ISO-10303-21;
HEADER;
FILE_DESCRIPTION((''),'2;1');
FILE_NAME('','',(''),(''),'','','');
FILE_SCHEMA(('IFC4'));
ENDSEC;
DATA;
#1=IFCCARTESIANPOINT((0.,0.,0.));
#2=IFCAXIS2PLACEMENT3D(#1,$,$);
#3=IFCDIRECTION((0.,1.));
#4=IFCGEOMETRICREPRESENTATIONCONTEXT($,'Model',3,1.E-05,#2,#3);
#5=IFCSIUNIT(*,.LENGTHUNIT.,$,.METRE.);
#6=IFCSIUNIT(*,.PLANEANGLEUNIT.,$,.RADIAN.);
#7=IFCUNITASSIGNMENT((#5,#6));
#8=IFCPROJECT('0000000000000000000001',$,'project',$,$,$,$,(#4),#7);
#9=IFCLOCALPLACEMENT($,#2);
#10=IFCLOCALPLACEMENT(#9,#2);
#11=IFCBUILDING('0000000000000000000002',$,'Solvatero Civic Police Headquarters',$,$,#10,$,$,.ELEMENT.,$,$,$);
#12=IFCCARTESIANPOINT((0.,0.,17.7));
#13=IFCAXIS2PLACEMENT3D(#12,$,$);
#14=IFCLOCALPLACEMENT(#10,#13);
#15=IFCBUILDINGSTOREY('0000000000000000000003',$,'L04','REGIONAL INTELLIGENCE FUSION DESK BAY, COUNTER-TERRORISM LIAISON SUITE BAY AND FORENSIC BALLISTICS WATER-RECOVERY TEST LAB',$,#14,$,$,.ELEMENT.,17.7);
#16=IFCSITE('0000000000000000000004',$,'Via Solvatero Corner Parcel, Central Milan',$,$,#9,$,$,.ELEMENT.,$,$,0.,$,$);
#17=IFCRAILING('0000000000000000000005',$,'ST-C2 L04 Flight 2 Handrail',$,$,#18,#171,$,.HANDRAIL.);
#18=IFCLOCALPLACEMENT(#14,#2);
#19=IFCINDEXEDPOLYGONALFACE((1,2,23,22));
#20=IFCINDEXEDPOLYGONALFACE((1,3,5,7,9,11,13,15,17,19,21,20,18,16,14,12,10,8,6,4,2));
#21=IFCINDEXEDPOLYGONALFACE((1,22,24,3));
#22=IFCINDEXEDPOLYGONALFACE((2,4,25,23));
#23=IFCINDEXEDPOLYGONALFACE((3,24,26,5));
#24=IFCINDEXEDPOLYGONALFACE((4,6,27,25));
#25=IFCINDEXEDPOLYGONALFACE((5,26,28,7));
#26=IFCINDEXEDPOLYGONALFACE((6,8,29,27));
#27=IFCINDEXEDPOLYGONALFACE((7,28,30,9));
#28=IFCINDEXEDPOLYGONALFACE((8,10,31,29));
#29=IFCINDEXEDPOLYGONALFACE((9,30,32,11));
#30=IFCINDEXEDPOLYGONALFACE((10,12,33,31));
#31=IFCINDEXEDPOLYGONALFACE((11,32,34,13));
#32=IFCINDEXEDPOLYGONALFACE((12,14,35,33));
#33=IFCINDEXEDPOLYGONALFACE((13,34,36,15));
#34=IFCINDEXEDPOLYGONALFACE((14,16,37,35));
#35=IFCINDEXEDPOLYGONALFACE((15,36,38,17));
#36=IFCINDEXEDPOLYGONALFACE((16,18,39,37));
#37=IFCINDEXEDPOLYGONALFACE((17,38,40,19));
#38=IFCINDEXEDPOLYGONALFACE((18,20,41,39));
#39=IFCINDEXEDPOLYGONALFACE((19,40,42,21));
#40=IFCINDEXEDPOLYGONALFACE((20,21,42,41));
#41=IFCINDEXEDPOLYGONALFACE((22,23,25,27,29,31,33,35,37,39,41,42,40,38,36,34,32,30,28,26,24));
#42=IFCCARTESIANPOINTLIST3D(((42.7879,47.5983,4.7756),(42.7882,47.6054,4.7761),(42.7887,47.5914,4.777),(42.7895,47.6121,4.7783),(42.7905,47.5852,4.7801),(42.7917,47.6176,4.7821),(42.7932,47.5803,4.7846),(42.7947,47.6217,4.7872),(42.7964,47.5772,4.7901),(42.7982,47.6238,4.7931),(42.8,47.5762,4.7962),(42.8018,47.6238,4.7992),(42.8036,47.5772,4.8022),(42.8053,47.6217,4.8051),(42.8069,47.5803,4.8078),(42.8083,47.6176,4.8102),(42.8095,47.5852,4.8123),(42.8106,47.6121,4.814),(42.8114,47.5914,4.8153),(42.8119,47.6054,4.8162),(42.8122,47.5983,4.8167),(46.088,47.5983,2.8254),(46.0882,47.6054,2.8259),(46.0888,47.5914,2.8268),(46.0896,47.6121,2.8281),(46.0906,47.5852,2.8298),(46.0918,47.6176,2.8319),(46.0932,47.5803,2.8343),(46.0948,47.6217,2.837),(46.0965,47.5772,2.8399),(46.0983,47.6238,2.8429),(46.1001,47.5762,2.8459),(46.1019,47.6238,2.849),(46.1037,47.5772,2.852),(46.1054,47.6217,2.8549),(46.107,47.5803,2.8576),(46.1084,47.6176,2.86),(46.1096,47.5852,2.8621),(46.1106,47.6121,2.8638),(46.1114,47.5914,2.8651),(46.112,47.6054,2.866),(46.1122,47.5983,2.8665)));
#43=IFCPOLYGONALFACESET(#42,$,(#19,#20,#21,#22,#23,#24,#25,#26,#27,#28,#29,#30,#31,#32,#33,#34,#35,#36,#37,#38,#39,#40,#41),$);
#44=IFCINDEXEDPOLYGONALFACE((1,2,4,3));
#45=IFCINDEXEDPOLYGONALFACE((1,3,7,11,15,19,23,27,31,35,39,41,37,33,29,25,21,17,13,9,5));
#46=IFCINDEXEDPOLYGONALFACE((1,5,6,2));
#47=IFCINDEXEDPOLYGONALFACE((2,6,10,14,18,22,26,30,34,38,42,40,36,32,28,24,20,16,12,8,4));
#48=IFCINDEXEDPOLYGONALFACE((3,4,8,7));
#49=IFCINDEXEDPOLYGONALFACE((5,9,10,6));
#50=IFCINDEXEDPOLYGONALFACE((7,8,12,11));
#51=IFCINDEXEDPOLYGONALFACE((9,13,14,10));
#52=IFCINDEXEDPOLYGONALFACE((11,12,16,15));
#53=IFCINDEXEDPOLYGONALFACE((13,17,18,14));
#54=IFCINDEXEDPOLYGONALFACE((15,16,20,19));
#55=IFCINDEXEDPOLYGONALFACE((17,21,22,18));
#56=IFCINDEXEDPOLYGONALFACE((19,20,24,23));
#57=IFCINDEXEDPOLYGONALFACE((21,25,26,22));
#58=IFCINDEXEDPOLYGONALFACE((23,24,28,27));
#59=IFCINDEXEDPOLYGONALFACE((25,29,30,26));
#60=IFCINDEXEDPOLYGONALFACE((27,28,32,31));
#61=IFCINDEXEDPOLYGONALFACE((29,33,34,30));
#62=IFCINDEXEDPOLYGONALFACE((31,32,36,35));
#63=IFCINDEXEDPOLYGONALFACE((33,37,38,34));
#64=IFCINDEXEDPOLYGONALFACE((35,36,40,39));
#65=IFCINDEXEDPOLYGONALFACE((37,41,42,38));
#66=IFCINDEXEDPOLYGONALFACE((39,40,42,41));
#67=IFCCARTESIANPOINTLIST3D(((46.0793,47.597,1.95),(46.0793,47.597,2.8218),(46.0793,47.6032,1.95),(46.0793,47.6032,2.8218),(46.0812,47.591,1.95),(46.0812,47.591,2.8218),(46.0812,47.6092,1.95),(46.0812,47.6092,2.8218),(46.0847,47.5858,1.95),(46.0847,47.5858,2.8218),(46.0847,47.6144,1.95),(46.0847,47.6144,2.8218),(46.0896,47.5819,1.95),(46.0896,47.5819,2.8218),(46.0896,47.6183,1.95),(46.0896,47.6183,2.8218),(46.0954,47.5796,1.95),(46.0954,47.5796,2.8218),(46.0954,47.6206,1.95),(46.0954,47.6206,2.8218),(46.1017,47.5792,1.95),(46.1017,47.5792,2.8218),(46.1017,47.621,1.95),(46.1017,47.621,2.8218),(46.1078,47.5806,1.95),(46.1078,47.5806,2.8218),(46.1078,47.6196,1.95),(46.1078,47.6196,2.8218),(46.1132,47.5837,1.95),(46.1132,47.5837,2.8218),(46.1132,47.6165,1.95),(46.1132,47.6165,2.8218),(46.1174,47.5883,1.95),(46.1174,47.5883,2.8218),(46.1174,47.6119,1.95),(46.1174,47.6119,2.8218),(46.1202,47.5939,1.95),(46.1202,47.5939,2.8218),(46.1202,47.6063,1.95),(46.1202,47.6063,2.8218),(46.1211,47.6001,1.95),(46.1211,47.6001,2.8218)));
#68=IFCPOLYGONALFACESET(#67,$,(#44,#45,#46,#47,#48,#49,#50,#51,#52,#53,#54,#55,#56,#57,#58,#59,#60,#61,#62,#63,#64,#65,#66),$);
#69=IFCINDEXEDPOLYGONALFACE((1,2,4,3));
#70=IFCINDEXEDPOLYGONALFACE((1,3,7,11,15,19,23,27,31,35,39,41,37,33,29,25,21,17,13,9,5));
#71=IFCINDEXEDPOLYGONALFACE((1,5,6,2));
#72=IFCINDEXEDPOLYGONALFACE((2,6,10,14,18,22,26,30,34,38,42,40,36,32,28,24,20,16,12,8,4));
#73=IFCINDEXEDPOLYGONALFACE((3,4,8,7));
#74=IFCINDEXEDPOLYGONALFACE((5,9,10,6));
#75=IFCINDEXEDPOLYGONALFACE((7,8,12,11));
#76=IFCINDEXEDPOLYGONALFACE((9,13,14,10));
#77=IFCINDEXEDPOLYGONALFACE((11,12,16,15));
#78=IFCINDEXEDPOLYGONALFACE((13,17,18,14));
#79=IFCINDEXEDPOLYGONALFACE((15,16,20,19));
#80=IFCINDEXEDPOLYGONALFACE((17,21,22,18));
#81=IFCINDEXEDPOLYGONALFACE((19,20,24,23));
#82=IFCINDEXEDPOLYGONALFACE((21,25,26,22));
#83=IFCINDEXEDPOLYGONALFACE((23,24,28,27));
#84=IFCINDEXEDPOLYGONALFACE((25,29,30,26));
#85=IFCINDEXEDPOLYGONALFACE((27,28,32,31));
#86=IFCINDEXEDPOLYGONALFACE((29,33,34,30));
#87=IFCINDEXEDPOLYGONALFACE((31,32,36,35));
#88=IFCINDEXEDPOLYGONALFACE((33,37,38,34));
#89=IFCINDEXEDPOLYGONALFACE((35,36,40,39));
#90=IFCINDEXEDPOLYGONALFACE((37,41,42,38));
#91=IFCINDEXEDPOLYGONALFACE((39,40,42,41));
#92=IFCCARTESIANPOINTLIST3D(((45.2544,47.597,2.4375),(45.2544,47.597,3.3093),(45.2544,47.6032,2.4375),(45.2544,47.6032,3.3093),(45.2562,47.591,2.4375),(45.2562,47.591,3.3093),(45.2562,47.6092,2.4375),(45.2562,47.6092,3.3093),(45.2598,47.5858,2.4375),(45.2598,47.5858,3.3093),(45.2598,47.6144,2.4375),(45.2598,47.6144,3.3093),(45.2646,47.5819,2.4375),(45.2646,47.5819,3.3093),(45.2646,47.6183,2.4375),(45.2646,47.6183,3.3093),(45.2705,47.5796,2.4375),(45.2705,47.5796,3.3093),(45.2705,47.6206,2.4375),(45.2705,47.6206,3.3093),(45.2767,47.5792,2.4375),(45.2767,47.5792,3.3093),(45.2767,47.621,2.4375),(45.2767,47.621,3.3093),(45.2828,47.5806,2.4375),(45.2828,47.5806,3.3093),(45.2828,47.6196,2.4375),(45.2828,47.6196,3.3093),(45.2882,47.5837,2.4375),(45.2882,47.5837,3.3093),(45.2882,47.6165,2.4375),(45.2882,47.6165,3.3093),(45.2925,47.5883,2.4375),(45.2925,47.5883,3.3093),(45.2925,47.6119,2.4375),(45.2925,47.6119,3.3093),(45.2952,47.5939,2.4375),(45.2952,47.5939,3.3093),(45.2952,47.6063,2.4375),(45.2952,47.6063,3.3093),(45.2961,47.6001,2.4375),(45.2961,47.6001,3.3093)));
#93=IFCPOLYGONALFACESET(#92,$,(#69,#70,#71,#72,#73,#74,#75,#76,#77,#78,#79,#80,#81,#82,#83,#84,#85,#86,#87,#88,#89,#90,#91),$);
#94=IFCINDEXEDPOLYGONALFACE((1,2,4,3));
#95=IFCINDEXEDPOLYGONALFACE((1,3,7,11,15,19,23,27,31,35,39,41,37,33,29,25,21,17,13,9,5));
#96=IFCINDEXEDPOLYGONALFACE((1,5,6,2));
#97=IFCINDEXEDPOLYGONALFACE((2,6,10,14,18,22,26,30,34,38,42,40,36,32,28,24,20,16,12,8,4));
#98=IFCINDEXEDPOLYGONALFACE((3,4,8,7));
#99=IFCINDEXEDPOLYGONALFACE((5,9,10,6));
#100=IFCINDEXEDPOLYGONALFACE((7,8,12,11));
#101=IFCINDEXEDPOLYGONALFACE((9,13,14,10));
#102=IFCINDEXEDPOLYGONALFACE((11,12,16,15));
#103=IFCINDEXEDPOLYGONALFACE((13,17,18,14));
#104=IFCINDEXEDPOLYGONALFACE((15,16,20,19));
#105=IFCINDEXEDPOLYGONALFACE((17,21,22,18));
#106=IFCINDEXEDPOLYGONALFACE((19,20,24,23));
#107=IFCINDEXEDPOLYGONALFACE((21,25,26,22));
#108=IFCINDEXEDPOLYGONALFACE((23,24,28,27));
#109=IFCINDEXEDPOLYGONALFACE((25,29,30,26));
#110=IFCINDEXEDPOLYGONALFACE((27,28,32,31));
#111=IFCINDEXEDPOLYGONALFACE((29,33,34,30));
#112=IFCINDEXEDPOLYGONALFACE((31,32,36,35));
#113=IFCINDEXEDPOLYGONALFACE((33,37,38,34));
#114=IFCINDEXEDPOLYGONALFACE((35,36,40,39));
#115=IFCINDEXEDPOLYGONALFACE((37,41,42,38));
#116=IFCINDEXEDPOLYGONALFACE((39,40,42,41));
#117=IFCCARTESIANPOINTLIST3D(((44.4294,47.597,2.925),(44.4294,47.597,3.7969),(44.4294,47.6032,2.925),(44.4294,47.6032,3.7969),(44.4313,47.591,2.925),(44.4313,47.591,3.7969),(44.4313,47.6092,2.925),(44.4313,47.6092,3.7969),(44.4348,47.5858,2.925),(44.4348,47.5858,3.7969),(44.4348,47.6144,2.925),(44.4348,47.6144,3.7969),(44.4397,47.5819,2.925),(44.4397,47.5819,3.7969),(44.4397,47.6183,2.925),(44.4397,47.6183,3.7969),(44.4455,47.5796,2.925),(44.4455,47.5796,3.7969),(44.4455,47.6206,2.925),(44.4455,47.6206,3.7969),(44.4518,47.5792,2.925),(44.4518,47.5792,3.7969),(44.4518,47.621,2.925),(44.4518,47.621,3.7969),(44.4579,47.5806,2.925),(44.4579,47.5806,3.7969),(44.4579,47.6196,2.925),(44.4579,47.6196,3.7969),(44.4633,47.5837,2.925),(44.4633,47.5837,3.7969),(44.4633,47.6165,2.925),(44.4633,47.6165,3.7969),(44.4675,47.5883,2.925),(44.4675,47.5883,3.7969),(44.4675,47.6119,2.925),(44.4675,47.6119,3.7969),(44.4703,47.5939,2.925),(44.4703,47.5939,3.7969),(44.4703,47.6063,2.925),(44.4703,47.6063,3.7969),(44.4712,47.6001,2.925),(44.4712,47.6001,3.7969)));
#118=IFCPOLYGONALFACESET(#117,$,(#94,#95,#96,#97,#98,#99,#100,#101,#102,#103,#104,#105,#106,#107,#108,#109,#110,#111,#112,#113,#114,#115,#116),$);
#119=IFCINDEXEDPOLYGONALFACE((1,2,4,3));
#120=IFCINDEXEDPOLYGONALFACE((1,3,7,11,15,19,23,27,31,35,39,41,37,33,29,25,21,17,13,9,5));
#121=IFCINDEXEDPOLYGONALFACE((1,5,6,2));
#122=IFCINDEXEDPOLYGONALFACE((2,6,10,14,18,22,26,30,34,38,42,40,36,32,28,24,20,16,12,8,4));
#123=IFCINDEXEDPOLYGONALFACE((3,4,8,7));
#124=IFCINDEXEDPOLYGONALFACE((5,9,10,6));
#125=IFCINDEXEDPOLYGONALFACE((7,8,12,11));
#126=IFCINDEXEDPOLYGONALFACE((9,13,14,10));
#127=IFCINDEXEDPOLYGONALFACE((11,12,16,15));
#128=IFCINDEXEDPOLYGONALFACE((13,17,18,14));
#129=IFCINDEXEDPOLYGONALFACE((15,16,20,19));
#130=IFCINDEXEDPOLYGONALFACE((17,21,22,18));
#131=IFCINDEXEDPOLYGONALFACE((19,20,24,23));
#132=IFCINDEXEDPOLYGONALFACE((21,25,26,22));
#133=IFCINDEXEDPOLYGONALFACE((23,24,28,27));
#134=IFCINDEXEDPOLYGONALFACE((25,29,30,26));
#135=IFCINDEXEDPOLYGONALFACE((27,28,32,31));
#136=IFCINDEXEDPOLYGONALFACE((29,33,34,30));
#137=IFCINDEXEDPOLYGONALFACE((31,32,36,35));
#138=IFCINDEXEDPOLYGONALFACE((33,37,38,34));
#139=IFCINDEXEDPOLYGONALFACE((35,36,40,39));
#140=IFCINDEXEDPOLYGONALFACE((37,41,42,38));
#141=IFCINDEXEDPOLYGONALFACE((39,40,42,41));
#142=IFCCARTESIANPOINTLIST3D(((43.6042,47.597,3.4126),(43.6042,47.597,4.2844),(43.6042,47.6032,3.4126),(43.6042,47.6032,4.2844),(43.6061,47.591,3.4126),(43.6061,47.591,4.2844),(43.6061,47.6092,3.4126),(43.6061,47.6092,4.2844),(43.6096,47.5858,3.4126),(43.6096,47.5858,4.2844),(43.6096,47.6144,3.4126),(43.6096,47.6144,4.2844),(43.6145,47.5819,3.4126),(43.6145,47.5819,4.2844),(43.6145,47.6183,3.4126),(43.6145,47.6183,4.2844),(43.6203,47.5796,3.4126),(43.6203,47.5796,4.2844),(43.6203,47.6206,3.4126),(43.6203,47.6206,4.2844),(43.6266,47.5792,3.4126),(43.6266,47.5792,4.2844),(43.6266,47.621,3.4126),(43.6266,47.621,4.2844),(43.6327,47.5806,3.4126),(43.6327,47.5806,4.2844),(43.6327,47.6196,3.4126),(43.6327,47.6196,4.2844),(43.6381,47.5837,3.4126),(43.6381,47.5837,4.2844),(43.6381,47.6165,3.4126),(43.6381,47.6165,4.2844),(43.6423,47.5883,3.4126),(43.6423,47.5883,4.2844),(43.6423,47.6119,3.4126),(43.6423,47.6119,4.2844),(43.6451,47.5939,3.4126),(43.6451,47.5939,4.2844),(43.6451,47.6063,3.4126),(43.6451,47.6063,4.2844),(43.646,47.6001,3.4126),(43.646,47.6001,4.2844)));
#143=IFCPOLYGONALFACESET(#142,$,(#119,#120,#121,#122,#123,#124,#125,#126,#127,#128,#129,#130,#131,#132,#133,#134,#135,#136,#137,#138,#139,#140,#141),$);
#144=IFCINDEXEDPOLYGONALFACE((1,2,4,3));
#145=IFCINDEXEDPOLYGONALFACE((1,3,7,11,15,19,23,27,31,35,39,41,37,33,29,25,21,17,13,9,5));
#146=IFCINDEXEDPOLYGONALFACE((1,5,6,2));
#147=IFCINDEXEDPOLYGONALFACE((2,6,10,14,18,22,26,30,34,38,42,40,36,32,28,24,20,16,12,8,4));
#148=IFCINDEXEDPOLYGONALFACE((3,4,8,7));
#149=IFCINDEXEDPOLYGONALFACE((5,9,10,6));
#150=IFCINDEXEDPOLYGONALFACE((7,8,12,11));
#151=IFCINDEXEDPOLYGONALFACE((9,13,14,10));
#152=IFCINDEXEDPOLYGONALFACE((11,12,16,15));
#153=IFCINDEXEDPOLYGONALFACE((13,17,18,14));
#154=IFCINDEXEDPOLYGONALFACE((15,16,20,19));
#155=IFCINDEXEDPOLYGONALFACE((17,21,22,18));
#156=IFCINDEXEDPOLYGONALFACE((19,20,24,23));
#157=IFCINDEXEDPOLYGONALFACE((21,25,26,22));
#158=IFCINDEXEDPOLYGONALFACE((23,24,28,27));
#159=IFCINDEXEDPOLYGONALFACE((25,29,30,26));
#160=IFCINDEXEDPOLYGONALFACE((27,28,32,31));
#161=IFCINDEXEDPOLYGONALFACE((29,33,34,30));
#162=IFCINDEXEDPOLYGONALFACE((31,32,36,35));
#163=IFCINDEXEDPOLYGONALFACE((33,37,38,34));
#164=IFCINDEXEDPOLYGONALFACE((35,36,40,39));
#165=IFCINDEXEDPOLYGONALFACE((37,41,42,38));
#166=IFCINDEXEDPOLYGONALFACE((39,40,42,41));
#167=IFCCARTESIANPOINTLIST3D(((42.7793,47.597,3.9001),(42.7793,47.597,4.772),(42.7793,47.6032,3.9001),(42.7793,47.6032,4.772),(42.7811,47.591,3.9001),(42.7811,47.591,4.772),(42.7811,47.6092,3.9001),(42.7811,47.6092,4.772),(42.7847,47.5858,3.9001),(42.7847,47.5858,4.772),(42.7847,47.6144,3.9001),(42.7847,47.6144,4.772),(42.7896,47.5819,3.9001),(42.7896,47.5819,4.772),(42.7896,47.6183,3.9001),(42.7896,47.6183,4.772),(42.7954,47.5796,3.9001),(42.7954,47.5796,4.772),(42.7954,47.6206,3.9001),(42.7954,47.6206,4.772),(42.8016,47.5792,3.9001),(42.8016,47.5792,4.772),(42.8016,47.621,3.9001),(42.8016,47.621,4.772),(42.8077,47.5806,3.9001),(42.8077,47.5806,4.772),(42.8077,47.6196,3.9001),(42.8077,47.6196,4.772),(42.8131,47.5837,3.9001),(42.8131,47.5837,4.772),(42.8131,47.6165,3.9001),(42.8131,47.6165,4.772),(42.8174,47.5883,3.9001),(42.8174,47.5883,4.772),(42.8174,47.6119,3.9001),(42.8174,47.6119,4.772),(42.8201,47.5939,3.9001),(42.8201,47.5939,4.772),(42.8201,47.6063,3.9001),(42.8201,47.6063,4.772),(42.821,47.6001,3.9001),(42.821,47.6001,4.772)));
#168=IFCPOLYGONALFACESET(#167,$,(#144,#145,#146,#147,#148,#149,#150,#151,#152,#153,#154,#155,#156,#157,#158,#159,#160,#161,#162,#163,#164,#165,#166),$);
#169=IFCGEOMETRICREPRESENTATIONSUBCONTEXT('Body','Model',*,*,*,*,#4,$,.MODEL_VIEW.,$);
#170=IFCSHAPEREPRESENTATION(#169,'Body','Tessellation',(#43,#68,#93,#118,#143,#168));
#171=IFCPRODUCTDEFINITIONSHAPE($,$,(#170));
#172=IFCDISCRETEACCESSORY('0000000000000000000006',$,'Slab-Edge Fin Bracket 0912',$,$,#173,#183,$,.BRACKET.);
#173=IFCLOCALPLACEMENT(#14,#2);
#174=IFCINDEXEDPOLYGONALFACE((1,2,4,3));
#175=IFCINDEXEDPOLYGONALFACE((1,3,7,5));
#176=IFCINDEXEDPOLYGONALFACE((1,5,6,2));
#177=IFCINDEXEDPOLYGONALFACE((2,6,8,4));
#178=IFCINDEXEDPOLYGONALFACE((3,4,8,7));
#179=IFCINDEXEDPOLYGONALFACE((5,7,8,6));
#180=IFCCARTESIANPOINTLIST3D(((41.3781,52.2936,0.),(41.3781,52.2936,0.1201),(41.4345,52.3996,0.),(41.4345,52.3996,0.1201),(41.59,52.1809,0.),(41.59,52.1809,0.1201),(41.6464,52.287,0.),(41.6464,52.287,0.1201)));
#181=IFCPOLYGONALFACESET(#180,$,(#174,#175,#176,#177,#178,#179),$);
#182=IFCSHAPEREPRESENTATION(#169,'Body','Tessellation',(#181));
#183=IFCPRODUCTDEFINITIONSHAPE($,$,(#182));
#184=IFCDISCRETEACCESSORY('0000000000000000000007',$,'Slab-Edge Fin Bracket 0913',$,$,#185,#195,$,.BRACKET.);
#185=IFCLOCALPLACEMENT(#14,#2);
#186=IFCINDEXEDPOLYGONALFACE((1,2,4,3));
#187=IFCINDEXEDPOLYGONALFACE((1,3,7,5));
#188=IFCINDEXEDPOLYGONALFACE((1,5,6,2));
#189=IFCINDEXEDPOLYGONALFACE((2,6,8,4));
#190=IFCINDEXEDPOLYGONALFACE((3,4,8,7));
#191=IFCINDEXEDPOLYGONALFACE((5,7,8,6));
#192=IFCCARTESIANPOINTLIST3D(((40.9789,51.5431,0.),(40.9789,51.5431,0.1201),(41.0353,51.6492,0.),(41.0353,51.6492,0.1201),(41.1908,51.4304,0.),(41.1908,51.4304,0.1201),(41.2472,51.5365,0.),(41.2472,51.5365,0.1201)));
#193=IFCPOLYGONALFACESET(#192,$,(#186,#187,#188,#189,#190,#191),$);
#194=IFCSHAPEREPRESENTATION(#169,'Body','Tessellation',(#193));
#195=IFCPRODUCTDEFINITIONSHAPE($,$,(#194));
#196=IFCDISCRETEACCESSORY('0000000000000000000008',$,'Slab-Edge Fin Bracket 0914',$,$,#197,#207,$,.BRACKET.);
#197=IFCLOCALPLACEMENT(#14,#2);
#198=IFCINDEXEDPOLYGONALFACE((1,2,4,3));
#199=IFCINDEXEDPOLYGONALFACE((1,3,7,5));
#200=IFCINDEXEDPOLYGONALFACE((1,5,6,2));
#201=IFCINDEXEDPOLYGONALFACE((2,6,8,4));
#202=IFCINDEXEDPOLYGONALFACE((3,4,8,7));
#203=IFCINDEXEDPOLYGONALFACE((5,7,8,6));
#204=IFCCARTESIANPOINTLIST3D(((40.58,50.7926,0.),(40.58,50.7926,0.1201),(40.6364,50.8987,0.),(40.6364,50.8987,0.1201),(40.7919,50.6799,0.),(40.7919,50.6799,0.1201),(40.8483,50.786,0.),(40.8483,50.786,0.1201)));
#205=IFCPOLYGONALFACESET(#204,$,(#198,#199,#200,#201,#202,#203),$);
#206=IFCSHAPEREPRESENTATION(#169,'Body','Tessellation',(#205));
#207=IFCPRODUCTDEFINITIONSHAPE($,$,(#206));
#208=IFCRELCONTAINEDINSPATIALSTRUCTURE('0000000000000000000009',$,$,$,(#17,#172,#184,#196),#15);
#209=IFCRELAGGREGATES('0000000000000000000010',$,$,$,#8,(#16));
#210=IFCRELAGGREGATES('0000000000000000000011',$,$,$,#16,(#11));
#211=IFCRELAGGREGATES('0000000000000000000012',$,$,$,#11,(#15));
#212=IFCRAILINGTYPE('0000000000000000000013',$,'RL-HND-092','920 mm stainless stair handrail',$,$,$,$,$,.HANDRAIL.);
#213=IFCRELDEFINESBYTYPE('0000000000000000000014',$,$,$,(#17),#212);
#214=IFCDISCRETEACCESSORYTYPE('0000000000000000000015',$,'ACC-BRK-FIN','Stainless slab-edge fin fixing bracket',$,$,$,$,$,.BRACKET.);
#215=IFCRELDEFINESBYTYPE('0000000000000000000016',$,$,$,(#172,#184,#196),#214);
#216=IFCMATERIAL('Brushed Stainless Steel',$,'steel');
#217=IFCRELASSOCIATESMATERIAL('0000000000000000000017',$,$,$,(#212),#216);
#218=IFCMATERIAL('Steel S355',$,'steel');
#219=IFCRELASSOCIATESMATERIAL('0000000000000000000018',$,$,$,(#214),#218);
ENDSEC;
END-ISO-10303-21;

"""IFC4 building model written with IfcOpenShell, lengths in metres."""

from ifc_helpers import new_model, si_unit, direction, frame, origin, origin_2d, place, context, subcontext, project, spatial, rectangle, circle, extrude, material, type_object, element, save


model = new_model("IFC4")

# Units and contexts
model_context = context("Model", 3, precision=1e-05, world=origin(), true_north=direction((0.0, 1.0)))
body_context = subcontext(model_context, "Body", "Model", "MODEL_VIEW")
ifc_project = project(units=[si_unit("LENGTHUNIT", "METRE"), si_unit("PLANEANGLEUNIT", "RADIAN")], contexts=[model_context])

# Site, building, storey
site_placement = place(None, origin())
site = spatial("IfcSite", under=ifc_project, at=site_placement, Name="Via Solvatero Corner Parcel, Central Milan", CompositionType="ELEMENT", RefElevation=0.0)
building_placement = place(site_placement, origin())
building = spatial("IfcBuilding", under=site, at=building_placement, Name="Solvatero Civic Police Headquarters", CompositionType="ELEMENT")
storey_placement = place(building_placement, frame((0.0, 0.0, 17.7)))
storey = spatial("IfcBuildingStorey", under=building, at=storey_placement, Name="L04", Description="REGIONAL INTELLIGENCE FUSION DESK BAY, COUNTER-TERRORISM LIAISON SUITE BAY AND FORENSIC BALLISTICS WATER-RECOVERY TEST LAB", CompositionType="ELEMENT", Elevation=17.7)

# Shared definitions
ifc_material_1 = material(Name="Steel S355", Category="steel")

# Railing
ifc_material_2 = material(Name="Brushed Stainless Steel", Category="steel")
railing_type_1 = type_object("IfcRailingType", Name="RL-HND-092", Description="920 mm stainless stair handrail", PredefinedType="HANDRAIL", material=ifc_material_2)
railing_placement = place(storey_placement, frame((46.1001, 47.6001, 1.95)))
element("IfcRailing", 1, at=railing_placement, inside=storey, type_object=railing_type_1, Name="ST-C2 L04 Flight 2 Handrail", PredefinedType="HANDRAIL", context=body_context, shape_type="SweptSolid", body=[
    extrude(circle(Radius=0.0239, at=origin_2d()), frame((0.0, 0.0, 0.896), z_axis=(-0.860908, 0.0, 0.508761), x_axis=(0.0, -1.0, 0.0)), (0.0, 0.0, 1.0), 3.8333),
    extrude(circle(Radius=0.021, at=origin_2d()), origin(), (0.0, 0.0, 1.0), 0.8718),
    extrude(circle(Radius=0.021, at=origin_2d()), frame((-0.825, 0.0, 0.4875)), (0.0, 0.0, 1.0), 0.8718),
    extrude(circle(Radius=0.021, at=origin_2d()), frame((-1.6499, 0.0, 0.9751)), (0.0, 0.0, 1.0), 0.8718),
    extrude(circle(Radius=0.021, at=origin_2d()), frame((-2.4751, 0.0, 1.4626)), (0.0, 0.0, 1.0), 0.8718),
    extrude(circle(Radius=0.021, at=origin_2d()), frame((-3.3, 0.0, 1.9502)), (0.0, 0.0, 1.0), 0.8718),
])

# Discrete accessories
discrete_accessory_type = type_object("IfcDiscreteAccessoryType", Name="ACC-BRK-FIN", Description="Stainless slab-edge fin fixing bracket", PredefinedType="BRACKET", material=ifc_material_1)
for number, where, z_axis, x_axis, name in (
    (2, (41.5122, 52.2903, 0.0), (0.0, 0.0, 1.0), (-0.469487, -0.882939, 0.0), "Slab-Edge Fin Bracket 0912"),
    (3, (41.113, 51.5398, 0.0), (0.0, 0.0, 1.0), (-0.469487, -0.882939, 0.0), "Slab-Edge Fin Bracket 0913"),
    (4, (40.7141, 50.7893, 0.0), (0.0, 0.0, 1.0), (-0.469487, -0.882939, 0.0), "Slab-Edge Fin Bracket 0914"),
):
    element("IfcDiscreteAccessory", number, at=place(storey_placement, frame(where, z_axis=z_axis, x_axis=x_axis)), inside=storey, type_object=discrete_accessory_type, Name=name, PredefinedType="BRACKET", context=body_context, shape_type="SweptSolid", body=[
        extrude(rectangle(XDim=0.1201, YDim=0.24, at=origin_2d()), origin(), (0.0, 0.0, 1.0), 0.1201),
    ])

save(model, "model.ifc")
